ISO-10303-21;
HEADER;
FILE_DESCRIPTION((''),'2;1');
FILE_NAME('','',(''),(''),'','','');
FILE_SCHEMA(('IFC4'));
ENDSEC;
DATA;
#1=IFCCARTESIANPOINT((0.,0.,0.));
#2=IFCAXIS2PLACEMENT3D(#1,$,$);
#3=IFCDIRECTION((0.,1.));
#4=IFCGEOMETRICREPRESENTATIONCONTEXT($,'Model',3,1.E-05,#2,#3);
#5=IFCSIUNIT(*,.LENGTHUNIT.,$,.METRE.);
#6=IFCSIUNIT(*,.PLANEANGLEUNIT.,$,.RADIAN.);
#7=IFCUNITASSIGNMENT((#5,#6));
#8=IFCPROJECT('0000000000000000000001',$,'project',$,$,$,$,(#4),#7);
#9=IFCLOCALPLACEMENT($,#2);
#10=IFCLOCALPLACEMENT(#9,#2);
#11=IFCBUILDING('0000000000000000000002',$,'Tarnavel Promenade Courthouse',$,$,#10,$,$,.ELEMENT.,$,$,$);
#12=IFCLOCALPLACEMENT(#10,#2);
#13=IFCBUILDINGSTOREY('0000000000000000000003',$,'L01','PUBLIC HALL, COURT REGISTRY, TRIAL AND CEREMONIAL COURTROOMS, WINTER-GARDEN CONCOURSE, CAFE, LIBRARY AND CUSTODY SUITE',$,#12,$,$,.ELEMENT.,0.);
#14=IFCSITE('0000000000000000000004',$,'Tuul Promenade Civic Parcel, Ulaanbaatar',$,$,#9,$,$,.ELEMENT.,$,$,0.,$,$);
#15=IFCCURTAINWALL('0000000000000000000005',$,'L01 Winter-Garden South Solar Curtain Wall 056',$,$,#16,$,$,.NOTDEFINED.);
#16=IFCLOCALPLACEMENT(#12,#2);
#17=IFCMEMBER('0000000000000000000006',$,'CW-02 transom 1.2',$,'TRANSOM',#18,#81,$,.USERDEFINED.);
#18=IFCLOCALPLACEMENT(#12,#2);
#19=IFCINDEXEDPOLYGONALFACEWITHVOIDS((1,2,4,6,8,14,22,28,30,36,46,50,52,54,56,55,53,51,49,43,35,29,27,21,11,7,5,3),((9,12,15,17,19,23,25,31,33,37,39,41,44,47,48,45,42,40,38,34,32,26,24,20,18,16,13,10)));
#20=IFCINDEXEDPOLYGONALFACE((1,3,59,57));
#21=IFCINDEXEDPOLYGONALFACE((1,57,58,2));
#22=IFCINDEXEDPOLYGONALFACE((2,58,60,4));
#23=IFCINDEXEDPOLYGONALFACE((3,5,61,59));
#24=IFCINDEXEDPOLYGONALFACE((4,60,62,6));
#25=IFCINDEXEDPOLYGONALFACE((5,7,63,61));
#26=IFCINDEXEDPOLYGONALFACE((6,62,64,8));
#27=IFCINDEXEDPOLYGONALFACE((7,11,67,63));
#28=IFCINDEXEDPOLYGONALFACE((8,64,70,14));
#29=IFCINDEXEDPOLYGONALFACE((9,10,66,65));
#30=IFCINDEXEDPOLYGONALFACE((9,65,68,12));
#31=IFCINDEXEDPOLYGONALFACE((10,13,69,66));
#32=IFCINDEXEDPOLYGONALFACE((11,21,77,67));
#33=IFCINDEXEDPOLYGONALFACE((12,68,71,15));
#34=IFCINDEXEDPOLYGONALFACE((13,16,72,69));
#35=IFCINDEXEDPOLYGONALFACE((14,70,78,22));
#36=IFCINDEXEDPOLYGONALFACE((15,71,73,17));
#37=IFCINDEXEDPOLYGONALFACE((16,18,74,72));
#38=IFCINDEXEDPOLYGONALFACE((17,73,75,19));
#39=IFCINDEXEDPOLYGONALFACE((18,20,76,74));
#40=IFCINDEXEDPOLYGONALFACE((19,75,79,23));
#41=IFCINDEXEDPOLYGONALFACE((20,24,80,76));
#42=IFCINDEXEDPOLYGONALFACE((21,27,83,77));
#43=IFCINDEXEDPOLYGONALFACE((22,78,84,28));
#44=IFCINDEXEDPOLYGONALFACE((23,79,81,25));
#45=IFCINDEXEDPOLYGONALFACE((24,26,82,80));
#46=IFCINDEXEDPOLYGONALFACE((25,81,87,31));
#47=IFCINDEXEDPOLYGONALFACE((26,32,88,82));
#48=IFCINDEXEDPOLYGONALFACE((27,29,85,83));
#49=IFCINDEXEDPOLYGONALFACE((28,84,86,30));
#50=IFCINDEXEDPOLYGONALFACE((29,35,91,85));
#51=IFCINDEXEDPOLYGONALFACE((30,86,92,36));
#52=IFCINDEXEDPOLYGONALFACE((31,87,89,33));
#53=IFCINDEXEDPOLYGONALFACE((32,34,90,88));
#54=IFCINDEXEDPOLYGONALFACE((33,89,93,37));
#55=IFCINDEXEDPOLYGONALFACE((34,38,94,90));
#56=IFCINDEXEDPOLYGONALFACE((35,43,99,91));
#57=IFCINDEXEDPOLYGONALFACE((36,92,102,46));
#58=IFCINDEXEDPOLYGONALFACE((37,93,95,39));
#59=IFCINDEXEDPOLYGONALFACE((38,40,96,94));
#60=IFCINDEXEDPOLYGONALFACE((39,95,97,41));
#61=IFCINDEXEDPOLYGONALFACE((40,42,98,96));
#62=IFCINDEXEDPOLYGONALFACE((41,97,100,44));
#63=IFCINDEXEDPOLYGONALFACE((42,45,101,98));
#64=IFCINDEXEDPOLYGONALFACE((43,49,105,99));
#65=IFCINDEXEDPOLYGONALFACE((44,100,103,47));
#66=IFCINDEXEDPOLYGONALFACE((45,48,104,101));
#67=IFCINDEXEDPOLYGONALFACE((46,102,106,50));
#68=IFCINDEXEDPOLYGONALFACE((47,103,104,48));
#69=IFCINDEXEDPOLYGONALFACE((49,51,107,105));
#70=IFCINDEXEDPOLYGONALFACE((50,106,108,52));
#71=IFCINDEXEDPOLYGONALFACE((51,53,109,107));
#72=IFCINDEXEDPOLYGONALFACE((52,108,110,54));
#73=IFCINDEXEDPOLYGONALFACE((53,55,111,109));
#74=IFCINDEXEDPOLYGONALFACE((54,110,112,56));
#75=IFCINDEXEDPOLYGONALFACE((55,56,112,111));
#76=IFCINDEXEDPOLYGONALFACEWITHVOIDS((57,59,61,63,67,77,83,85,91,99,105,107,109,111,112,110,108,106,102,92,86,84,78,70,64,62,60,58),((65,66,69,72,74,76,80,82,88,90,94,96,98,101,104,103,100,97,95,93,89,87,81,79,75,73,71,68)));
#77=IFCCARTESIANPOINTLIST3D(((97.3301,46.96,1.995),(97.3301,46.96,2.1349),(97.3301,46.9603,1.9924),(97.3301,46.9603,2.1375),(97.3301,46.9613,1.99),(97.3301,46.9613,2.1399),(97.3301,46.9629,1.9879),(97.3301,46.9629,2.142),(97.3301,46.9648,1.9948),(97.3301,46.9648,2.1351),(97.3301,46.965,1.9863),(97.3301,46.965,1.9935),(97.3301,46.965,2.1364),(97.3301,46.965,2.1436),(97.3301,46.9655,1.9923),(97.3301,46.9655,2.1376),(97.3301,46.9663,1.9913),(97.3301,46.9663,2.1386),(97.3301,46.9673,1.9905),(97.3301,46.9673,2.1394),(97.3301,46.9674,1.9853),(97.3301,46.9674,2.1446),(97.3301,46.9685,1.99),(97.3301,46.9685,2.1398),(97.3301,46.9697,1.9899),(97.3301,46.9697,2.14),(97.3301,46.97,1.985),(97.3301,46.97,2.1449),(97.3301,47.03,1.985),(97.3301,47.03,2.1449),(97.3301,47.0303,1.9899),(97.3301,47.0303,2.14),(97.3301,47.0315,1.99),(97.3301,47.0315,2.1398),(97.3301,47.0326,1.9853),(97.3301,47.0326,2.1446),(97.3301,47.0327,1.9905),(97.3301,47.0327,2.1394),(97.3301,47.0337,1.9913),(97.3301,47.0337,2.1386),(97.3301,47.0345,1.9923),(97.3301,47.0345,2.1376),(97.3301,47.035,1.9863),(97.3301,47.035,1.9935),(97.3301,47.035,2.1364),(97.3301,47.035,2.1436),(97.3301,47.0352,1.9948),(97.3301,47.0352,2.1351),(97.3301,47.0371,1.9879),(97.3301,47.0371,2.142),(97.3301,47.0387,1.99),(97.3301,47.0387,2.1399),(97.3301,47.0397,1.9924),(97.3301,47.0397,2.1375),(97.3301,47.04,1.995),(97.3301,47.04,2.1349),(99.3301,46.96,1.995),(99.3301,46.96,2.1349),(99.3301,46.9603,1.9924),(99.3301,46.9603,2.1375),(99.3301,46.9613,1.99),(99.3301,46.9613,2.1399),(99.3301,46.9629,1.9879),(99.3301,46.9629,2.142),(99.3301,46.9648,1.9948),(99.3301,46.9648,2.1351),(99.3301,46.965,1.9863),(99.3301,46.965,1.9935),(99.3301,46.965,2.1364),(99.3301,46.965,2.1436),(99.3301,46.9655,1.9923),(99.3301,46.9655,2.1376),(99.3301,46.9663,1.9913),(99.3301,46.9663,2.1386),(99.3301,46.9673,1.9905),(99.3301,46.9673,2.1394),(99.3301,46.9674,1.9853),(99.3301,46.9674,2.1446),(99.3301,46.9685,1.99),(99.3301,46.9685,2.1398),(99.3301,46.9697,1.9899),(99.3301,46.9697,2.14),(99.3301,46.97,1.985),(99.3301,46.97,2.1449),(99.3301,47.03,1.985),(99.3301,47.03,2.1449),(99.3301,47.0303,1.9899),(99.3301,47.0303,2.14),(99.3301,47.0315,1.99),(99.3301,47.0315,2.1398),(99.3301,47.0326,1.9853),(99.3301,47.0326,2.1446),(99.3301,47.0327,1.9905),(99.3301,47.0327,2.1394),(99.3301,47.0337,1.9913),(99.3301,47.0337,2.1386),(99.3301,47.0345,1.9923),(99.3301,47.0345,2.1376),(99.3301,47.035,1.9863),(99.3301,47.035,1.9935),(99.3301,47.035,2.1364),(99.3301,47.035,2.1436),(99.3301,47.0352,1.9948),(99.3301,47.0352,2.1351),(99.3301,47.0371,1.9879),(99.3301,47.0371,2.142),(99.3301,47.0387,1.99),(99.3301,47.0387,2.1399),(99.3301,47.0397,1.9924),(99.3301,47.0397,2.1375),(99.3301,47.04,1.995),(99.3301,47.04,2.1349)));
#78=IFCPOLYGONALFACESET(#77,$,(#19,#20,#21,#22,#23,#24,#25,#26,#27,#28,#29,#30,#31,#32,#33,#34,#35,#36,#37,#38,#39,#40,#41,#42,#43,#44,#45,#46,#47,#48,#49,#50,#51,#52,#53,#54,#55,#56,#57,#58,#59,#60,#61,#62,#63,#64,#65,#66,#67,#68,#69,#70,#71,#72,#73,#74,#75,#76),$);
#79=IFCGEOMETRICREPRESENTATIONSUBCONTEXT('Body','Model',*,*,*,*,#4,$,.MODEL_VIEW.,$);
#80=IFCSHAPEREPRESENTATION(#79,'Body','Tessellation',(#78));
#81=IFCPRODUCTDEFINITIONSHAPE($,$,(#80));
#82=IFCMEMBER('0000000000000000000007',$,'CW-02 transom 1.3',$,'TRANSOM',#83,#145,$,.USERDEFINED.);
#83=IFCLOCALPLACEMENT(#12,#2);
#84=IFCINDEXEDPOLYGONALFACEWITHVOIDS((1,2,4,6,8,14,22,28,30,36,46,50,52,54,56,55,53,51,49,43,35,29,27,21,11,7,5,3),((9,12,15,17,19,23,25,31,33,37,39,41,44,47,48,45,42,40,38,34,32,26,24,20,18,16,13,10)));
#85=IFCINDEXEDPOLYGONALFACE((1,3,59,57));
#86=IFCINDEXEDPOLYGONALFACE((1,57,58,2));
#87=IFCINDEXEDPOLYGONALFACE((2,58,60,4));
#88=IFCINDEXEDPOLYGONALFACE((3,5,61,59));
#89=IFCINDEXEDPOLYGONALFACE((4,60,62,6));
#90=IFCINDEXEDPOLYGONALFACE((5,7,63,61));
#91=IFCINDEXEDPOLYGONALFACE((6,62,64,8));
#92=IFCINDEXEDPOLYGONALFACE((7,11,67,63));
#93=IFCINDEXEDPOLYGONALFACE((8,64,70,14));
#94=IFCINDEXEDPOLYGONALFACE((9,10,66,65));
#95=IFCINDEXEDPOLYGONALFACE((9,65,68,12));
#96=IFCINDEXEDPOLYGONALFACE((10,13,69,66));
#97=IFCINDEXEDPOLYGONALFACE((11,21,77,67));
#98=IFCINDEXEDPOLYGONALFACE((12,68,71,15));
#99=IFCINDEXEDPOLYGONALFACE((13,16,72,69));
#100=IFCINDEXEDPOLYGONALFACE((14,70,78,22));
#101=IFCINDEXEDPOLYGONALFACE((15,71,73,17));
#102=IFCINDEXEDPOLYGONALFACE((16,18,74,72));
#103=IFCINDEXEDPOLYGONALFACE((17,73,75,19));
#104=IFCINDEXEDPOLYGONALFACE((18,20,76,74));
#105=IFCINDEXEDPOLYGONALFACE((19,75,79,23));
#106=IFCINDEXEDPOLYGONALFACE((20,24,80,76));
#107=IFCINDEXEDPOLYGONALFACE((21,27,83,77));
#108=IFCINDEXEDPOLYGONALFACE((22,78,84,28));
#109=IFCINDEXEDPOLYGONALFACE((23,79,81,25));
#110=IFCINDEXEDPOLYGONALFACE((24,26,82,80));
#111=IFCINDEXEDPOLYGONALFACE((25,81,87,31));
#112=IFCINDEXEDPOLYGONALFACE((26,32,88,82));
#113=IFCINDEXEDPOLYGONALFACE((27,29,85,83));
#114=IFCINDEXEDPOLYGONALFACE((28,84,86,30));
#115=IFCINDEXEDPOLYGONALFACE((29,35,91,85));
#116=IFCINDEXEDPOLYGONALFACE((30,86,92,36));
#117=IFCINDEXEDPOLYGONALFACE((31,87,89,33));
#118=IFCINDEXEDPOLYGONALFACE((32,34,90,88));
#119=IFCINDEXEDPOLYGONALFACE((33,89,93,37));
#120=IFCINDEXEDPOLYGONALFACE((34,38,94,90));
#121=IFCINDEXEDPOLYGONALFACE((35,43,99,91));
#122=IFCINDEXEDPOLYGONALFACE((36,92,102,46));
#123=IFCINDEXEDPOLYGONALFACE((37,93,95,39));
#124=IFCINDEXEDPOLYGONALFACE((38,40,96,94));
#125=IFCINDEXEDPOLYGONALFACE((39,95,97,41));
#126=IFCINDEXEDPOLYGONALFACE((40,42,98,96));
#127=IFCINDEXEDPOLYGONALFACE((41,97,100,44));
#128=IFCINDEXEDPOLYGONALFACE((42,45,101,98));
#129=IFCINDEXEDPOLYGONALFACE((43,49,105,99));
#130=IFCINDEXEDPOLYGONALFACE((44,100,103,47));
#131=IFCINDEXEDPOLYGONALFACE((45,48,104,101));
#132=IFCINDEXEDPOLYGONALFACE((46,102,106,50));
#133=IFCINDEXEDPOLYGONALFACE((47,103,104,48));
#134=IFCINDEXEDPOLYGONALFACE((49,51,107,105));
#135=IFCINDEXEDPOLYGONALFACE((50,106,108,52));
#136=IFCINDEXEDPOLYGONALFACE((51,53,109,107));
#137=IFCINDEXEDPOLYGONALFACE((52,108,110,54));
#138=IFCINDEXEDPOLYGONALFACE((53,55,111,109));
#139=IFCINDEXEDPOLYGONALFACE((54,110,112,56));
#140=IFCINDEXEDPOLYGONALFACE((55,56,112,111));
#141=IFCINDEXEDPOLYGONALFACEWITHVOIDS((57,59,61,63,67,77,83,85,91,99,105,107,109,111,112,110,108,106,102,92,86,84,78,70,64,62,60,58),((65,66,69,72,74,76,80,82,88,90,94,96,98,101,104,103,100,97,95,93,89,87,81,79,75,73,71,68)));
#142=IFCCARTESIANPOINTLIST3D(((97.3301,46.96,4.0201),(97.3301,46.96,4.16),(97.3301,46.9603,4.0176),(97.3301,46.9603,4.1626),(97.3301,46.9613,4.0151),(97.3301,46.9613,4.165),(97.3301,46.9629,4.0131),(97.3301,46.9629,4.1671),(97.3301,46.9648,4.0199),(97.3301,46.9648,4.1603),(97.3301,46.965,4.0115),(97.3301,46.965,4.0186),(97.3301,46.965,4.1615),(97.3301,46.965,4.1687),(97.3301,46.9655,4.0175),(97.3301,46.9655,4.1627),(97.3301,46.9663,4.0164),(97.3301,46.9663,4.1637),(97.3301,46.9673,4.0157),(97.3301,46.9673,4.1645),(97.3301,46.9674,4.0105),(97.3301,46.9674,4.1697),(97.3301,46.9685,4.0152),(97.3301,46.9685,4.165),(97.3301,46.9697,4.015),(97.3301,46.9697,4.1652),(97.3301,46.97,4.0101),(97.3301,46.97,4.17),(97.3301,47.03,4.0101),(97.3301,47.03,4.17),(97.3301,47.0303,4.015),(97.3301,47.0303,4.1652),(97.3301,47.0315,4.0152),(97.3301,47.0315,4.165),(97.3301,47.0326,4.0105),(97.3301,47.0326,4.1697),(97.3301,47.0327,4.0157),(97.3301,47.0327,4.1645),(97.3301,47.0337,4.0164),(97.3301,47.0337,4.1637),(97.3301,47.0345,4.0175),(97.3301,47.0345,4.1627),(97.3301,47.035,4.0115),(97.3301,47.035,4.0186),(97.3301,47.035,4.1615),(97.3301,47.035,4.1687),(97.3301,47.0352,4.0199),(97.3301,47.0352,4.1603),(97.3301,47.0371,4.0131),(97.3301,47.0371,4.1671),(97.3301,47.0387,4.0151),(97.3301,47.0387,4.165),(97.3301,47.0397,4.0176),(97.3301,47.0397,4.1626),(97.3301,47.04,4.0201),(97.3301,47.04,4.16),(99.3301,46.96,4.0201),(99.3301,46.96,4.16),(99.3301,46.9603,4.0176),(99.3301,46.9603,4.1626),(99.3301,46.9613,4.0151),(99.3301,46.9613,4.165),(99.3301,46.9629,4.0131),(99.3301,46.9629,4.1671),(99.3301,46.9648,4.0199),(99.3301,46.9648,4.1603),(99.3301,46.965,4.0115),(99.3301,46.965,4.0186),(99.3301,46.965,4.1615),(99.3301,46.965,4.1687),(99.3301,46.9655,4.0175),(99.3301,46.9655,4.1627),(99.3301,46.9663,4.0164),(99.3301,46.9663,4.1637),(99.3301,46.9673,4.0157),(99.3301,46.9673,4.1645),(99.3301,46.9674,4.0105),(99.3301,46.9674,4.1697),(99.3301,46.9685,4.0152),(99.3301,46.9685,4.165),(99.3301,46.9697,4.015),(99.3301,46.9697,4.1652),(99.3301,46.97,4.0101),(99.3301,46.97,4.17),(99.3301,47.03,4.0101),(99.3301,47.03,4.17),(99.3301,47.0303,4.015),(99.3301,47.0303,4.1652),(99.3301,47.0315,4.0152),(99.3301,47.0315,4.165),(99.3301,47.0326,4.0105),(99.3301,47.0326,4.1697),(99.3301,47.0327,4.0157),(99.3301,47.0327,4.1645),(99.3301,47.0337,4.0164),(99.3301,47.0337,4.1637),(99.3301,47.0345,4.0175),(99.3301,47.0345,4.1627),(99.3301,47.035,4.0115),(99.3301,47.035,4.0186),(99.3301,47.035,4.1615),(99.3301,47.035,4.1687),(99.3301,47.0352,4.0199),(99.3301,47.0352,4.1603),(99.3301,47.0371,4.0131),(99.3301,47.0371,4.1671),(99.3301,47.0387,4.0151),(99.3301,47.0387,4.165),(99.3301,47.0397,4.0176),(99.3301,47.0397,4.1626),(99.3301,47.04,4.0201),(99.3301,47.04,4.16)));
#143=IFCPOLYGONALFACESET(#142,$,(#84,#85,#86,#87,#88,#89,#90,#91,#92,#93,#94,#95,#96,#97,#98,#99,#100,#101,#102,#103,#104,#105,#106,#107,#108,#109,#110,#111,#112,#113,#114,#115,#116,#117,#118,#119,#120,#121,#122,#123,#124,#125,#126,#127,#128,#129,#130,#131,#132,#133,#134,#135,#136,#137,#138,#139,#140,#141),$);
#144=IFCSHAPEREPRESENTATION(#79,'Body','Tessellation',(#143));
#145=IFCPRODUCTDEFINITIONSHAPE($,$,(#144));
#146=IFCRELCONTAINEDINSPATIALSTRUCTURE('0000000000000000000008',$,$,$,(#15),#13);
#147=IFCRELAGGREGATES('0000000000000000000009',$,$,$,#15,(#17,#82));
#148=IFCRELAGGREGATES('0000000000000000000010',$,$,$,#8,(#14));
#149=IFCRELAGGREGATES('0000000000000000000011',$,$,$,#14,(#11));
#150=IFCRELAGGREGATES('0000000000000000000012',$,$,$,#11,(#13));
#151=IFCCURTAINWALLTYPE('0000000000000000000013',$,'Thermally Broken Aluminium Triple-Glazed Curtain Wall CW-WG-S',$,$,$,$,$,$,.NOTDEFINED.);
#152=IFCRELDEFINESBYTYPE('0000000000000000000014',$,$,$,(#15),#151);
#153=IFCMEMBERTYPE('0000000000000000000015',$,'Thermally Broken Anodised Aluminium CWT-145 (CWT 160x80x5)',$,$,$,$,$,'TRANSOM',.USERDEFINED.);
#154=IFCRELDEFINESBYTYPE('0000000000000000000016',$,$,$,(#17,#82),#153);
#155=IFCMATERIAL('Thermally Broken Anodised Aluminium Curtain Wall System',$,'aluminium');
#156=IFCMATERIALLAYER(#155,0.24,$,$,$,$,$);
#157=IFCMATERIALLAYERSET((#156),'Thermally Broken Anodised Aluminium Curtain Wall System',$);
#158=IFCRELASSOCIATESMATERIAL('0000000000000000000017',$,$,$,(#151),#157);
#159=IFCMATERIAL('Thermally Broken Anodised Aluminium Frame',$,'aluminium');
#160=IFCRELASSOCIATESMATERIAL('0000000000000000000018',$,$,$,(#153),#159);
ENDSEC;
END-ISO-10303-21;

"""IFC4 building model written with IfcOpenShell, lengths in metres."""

from ifc_helpers import new_model, si_unit, direction, frame, origin, origin_2d, place, context, subcontext, project, spatial, hollow_rectangle, extrude, material, layer, layer_set, material_profile, profile_set, type_object, element, aggregate, save


model = new_model("IFC4")

# Units and contexts
model_context = context("Model", 3, precision=1e-05, world=origin(), true_north=direction((0.0, 1.0)))
body_context = subcontext(model_context, "Body", "Model", "MODEL_VIEW")
ifc_project = project(units=[si_unit("LENGTHUNIT", "METRE"), si_unit("PLANEANGLEUNIT", "RADIAN")], contexts=[model_context])

# Site, building, storey
site_placement = place(None, origin())
site = spatial("IfcSite", under=ifc_project, at=site_placement, Name="Tuul Promenade Civic Parcel, Ulaanbaatar", CompositionType="ELEMENT", RefElevation=0.0)
building_placement = place(site_placement, origin())
building = spatial("IfcBuilding", under=site, at=building_placement, Name="Tarnavel Promenade Courthouse", CompositionType="ELEMENT")
storey_placement = place(building_placement, origin())
storey = spatial("IfcBuildingStorey", under=building, at=storey_placement, Name="L01", Description="PUBLIC HALL, COURT REGISTRY, TRIAL AND CEREMONIAL COURTROOMS, WINTER-GARDEN CONCOURSE, CAFE, LIBRARY AND CUSTODY SUITE", CompositionType="ELEMENT", Elevation=0.0)

# Shared definitions
ifc_material_1 = material(Name="Thermally Broken Anodised Aluminium Curtain Wall System", Category="aluminium")
ifc_layer_1 = layer(ifc_material_1, 0.24)
ifc_layer_set_1 = layer_set([ifc_layer_1], Name="Thermally Broken Anodised Aluminium Curtain Wall System")
curtain_wall_type = type_object("IfcCurtainWallType", Name="Thermally Broken Aluminium Triple-Glazed Curtain Wall CW-WG-S", PredefinedType="NOTDEFINED", material=ifc_layer_set_1)
ifc_material_2 = material(Name="Thermally Broken Anodised Aluminium Frame", Category="aluminium")

# Curtain wall
curtain_wall_1_placement = place(storey_placement, origin())
curtain_wall_1 = element("IfcCurtainWall", 1, at=curtain_wall_1_placement, inside=storey, type_object=curtain_wall_type, Name="L01 Winter-Garden South Solar Curtain Wall 056", PredefinedType="NOTDEFINED")

# Members
ifc_material_profile_1 = material_profile(ifc_material_2, hollow_rectangle(XDim=0.0801, YDim=0.1599, WallThickness=0.0049, InnerFilletRadius=0.0049, OuterFilletRadius=0.01, at=origin_2d()), Name="CWT 160x80x5")
ifc_profile_set_1 = profile_set([ifc_material_profile_1], Name="Thermally Broken Anodised Aluminium Frame")
member_type_1 = type_object("IfcMemberType", Name="Thermally Broken Anodised Aluminium CWT-145 (CWT 160x80x5)", ElementType="TRANSOM", PredefinedType="USERDEFINED", material=ifc_profile_set_1)
member_1_placement = place(storey_placement, frame((97.3301, 47.0, 2.0649), z_axis=(1.0, 0.0, 0.0), x_axis=(0.0, 1.0, 0.0)))
member_1 = element("IfcMember", 2, at=member_1_placement, type_object=member_type_1, Name="CW-02 transom 1.2", ObjectType="TRANSOM", PredefinedType="USERDEFINED", context=body_context, shape_type="SweptSolid", body=[
    extrude(hollow_rectangle(XDim=0.0801, YDim=0.1599, WallThickness=0.0049, InnerFilletRadius=0.0049, OuterFilletRadius=0.01, at=origin_2d()), origin(), (0.0, 0.0, 1.0), 2.0),
])
member_2_placement = place(storey_placement, frame((97.3301, 47.0, 4.0901), z_axis=(1.0, 0.0, 0.0), x_axis=(0.0, 1.0, 0.0)))
member_2 = element("IfcMember", 3, at=member_2_placement, type_object=member_type_1, Name="CW-02 transom 1.3", ObjectType="TRANSOM", PredefinedType="USERDEFINED", context=body_context, shape_type="SweptSolid", body=[
    extrude(hollow_rectangle(XDim=0.0801, YDim=0.1599, WallThickness=0.0049, InnerFilletRadius=0.0049, OuterFilletRadius=0.01, at=origin_2d()), origin(), (0.0, 0.0, 1.0), 2.0),
])

aggregate(curtain_wall_1, [member_1, member_2])

save(model, "model.ifc")
